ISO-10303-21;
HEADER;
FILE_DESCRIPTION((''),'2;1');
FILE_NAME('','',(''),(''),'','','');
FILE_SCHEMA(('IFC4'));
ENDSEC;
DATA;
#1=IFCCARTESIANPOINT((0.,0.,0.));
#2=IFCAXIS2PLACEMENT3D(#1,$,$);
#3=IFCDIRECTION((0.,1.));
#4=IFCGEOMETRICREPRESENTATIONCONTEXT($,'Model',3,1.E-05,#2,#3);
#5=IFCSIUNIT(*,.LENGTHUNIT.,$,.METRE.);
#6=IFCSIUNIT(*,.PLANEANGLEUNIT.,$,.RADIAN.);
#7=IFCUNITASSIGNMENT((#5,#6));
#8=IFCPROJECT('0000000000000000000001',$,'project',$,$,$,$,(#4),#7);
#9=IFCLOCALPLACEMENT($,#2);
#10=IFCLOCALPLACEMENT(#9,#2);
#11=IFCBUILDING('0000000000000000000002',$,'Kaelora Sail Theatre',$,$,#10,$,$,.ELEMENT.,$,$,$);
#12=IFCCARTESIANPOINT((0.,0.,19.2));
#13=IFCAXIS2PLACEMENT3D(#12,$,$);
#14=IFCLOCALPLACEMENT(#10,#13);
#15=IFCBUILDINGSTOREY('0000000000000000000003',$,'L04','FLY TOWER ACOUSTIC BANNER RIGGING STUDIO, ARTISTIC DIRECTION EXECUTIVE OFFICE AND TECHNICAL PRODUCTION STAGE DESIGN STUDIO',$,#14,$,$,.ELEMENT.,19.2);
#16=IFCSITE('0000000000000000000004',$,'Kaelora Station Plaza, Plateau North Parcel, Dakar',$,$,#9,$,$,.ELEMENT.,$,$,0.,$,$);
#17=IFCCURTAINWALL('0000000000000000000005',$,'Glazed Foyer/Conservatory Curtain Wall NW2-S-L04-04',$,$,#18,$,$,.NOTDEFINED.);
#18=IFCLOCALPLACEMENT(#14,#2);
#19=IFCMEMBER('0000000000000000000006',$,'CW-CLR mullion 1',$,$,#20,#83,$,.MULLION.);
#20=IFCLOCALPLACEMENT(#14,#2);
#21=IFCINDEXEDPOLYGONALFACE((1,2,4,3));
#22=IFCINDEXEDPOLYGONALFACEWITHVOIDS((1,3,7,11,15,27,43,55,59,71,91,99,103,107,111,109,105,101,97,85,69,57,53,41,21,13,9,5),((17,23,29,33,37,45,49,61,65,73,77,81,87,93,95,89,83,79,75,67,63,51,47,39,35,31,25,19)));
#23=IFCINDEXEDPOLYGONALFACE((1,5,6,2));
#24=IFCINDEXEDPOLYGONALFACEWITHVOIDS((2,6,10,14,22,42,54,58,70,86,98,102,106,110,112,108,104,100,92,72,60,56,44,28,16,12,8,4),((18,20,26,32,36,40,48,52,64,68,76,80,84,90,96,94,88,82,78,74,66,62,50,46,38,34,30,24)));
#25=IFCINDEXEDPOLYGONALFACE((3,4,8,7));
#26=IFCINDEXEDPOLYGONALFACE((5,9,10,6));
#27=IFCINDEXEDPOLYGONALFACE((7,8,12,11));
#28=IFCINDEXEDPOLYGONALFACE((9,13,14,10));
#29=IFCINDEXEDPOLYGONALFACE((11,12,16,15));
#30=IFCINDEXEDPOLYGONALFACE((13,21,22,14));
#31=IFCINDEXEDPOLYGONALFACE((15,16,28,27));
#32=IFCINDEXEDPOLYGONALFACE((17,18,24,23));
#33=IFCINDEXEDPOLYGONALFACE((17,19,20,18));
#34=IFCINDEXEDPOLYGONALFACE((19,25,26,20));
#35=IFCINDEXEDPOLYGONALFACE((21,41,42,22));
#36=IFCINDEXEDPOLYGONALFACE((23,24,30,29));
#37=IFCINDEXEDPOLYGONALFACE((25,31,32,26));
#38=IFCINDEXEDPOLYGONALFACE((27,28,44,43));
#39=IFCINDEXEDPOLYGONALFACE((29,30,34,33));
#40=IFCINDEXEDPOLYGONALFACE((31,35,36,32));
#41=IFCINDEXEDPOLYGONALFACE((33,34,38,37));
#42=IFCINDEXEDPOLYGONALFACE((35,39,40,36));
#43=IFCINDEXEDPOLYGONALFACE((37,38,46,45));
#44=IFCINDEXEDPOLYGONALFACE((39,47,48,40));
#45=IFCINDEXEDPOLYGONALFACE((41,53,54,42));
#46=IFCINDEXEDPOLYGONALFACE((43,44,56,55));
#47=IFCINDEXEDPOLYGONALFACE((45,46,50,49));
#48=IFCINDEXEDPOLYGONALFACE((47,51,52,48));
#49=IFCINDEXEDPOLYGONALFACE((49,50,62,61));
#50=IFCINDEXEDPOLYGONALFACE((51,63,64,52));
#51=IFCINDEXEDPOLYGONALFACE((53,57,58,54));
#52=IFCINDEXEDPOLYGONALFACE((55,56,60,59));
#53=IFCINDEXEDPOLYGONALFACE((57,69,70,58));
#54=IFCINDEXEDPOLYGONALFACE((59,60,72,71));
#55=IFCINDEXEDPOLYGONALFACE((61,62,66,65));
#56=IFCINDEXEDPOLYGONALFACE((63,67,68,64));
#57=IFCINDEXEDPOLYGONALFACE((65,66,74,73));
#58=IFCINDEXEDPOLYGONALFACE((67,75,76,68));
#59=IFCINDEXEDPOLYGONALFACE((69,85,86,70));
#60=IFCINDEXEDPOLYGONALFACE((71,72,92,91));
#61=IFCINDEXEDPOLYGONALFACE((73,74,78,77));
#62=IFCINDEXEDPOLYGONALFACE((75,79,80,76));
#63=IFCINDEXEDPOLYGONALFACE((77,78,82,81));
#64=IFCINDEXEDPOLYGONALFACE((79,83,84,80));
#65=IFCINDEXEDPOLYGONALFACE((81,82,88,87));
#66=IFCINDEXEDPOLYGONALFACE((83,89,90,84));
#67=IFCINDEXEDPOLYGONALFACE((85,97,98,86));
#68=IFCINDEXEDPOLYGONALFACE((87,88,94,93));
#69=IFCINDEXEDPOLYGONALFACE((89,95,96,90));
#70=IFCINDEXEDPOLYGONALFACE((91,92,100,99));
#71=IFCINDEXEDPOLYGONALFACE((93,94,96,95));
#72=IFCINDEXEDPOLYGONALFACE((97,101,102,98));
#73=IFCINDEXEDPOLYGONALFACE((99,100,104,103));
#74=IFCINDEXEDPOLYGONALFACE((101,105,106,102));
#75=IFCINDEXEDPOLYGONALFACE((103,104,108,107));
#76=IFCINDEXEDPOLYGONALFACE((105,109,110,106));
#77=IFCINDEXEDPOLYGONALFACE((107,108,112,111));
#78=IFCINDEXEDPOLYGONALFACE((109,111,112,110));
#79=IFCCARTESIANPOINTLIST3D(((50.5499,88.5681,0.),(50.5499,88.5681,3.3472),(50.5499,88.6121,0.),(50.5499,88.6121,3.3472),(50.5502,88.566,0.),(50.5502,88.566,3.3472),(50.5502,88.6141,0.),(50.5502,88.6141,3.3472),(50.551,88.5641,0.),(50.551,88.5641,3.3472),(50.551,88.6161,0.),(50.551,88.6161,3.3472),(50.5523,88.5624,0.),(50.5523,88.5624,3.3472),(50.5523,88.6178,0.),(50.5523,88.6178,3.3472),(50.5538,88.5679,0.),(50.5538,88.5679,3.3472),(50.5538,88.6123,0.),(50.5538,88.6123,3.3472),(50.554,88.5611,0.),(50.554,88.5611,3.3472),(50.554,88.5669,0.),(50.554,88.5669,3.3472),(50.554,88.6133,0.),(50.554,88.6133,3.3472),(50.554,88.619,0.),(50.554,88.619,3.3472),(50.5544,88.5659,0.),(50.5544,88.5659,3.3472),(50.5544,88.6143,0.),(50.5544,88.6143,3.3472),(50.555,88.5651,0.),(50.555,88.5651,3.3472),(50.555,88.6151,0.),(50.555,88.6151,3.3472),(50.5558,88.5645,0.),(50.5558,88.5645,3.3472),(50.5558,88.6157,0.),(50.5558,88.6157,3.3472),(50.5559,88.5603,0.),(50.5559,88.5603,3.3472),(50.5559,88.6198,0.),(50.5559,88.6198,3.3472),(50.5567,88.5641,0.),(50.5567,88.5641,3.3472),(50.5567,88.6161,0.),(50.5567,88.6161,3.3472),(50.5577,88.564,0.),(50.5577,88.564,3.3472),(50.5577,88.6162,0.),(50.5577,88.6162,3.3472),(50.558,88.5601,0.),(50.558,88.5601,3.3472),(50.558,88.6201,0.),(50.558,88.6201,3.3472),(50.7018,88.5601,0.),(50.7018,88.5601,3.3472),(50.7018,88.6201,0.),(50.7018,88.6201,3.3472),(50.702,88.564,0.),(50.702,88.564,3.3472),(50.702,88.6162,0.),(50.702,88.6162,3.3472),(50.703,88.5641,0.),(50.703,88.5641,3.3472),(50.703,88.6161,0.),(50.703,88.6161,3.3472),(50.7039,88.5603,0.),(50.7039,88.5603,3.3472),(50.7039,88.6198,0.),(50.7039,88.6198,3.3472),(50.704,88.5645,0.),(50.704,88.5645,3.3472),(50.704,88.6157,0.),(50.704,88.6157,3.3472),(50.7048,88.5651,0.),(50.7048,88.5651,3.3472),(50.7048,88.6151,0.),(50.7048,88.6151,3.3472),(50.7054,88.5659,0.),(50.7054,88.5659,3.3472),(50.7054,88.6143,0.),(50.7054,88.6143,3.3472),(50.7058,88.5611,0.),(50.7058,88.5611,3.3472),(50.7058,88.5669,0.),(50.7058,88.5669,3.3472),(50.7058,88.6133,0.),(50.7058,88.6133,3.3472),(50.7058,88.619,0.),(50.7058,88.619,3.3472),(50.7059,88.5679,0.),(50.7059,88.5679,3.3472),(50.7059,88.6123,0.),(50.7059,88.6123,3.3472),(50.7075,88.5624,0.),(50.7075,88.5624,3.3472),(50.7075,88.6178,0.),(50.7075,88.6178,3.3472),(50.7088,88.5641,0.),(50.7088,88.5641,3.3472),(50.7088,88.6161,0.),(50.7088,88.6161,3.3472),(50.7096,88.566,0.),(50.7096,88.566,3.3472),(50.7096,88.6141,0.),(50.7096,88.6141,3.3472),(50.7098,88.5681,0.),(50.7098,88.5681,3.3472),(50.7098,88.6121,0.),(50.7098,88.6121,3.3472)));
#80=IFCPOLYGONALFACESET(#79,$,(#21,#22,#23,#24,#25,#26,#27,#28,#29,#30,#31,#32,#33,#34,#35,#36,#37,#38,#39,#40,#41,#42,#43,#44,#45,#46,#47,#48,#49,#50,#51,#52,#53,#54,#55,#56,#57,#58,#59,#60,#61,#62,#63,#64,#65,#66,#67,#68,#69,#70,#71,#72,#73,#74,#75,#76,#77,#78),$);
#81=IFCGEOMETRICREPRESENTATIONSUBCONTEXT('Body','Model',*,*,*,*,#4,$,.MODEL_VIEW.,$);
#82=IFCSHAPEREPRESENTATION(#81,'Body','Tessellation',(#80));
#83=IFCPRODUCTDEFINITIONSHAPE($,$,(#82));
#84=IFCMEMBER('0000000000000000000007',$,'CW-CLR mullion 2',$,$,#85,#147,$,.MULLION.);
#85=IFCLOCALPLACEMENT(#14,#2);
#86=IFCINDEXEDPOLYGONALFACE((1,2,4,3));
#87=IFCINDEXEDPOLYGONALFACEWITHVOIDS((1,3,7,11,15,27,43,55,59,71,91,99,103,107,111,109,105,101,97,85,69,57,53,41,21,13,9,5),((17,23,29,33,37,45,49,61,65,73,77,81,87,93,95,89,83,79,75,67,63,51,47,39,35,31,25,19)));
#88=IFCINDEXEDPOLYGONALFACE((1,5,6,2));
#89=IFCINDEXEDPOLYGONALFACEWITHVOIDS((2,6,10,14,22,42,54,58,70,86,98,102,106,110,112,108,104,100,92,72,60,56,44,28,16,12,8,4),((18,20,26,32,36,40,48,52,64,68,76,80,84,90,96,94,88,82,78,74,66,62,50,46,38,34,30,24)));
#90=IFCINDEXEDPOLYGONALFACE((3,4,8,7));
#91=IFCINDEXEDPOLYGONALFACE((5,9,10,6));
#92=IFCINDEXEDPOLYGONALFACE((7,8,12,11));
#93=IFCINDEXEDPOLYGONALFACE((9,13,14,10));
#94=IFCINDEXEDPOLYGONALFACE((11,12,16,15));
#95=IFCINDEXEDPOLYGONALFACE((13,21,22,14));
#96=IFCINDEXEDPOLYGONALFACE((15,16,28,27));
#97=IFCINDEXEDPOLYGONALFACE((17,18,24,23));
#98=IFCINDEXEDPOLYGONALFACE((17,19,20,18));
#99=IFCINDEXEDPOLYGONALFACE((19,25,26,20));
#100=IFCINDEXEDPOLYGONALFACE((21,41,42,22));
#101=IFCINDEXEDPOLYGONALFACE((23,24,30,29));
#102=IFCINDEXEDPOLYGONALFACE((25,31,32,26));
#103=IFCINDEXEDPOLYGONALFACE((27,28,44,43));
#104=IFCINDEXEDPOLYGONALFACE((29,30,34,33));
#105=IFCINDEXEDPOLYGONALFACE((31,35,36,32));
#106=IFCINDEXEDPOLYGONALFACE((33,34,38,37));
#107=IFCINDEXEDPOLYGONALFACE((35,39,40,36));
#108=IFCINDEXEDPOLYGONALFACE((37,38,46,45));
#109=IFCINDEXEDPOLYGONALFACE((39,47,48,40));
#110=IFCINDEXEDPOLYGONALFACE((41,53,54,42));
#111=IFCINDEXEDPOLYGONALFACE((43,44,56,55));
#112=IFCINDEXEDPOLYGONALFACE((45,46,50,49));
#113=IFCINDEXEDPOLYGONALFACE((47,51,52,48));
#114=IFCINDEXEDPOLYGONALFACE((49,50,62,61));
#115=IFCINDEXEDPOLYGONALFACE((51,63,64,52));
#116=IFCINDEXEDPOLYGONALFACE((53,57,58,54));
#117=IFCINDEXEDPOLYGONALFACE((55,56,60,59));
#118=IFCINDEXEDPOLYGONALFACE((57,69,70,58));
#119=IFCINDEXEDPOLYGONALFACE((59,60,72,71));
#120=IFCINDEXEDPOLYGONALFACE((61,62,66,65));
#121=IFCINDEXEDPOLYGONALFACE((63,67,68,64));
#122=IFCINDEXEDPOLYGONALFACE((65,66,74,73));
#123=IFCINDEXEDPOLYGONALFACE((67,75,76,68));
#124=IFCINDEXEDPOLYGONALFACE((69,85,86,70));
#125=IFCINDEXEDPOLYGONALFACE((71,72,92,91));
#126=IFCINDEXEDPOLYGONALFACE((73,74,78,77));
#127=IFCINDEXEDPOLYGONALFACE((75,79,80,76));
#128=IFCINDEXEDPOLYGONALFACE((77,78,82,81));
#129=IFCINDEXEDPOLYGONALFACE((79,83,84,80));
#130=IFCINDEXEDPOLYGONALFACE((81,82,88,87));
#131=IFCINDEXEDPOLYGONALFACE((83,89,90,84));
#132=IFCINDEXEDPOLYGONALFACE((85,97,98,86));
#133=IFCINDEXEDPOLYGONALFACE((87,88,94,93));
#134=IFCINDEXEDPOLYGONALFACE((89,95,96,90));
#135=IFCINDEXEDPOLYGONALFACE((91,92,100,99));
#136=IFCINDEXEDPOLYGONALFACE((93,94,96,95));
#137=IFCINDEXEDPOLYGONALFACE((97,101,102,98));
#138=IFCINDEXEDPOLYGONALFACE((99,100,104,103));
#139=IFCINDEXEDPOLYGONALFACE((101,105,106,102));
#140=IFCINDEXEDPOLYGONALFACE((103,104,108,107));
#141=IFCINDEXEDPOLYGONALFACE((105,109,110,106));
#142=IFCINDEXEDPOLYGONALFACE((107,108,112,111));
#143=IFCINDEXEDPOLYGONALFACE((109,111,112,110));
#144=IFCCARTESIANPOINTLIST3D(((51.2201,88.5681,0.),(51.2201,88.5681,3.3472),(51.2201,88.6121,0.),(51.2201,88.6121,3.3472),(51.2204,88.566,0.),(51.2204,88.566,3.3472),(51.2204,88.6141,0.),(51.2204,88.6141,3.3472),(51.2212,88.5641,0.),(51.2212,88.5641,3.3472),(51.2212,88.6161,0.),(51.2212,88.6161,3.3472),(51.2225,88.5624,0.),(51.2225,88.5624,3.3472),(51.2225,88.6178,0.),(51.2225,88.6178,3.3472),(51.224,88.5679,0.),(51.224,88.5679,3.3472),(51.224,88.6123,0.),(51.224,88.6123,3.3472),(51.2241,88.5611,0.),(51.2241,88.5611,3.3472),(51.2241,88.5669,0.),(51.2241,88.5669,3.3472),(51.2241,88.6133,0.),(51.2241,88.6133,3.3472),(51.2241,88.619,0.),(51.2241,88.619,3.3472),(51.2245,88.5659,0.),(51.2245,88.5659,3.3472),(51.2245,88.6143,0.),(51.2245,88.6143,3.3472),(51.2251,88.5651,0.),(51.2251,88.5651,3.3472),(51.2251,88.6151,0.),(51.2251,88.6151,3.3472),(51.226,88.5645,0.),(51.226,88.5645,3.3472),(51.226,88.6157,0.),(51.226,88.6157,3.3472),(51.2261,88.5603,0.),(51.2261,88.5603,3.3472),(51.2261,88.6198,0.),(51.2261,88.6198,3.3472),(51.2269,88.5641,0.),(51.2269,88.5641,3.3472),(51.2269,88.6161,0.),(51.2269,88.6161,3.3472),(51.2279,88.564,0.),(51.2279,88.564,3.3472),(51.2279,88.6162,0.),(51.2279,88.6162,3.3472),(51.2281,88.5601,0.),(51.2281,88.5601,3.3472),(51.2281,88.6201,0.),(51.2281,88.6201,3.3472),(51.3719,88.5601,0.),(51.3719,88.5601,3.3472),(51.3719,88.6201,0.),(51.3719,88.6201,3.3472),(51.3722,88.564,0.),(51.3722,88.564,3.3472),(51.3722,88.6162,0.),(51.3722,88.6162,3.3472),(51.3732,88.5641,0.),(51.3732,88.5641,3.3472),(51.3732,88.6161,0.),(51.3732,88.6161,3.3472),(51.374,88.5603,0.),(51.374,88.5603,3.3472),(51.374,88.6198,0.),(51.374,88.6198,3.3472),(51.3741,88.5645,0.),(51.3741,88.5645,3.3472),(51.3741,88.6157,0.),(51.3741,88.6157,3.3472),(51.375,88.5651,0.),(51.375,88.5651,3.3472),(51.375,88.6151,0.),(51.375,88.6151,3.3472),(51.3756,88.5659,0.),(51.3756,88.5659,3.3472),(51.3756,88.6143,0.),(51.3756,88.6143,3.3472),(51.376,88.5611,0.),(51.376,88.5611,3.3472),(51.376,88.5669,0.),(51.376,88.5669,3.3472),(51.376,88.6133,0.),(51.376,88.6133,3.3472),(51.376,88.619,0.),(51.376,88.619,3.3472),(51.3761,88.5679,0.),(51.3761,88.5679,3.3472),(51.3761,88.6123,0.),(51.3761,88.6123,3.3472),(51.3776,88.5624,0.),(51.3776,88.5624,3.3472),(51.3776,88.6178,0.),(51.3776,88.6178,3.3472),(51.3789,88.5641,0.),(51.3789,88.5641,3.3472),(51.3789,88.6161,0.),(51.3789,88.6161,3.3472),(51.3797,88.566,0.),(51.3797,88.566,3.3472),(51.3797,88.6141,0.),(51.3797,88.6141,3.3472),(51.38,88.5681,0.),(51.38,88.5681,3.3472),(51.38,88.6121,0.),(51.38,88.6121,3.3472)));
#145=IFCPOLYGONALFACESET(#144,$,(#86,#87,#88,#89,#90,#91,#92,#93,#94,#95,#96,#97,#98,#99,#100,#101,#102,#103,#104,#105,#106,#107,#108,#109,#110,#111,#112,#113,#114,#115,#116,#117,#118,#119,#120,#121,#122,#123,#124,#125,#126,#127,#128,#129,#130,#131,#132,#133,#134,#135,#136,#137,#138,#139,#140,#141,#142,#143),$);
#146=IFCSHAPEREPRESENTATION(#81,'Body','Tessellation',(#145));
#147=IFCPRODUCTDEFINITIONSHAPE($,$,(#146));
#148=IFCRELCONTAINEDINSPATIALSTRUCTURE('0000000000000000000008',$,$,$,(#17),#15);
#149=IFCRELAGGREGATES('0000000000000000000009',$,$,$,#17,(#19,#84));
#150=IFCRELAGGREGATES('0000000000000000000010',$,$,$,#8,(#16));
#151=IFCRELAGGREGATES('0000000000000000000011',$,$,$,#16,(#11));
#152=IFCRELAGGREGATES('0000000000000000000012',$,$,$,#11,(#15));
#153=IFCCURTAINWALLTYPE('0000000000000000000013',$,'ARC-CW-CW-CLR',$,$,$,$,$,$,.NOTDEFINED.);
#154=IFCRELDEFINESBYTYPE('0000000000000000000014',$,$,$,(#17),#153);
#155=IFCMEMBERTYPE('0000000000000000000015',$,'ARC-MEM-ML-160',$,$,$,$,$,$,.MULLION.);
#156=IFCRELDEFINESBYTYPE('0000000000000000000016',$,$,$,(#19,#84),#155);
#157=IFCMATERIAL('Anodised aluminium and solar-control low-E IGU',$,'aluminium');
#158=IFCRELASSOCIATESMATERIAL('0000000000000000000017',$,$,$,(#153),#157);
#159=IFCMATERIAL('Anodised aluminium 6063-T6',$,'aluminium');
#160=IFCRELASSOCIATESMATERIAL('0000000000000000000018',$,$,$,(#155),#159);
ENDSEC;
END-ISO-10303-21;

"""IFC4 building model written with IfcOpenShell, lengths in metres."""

from ifc_helpers import new_model, si_unit, direction, frame, origin, origin_2d, place, context, subcontext, project, spatial, hollow_rectangle, extrude, material, material_profile, profile_set, type_object, element, aggregate, save


model = new_model("IFC4")

# Units and contexts
model_context = context("Model", 3, precision=1e-05, world=origin(), true_north=direction((0.0, 1.0)))
body_context = subcontext(model_context, "Body", "Model", "MODEL_VIEW")
ifc_project = project(units=[si_unit("LENGTHUNIT", "METRE"), si_unit("PLANEANGLEUNIT", "RADIAN")], contexts=[model_context])

# Site, building, storey
site_placement = place(None, origin())
site = spatial("IfcSite", under=ifc_project, at=site_placement, Name="Kaelora Station Plaza, Plateau North Parcel, Dakar", CompositionType="ELEMENT", RefElevation=0.0)
building_placement = place(site_placement, origin())
building = spatial("IfcBuilding", under=site, at=building_placement, Name="Kaelora Sail Theatre", CompositionType="ELEMENT")
storey_placement = place(building_placement, frame((0.0, 0.0, 19.2)))
storey = spatial("IfcBuildingStorey", under=building, at=storey_placement, Name="L04", Description="FLY TOWER ACOUSTIC BANNER RIGGING STUDIO, ARTISTIC DIRECTION EXECUTIVE OFFICE AND TECHNICAL PRODUCTION STAGE DESIGN STUDIO", CompositionType="ELEMENT", Elevation=19.2)

# Curtain wall, members
ifc_material_1 = material(Name="Anodised aluminium and solar-control low-E IGU", Category="aluminium")
curtain_wall_type = type_object("IfcCurtainWallType", Name="ARC-CW-CW-CLR", PredefinedType="NOTDEFINED", material=ifc_material_1)
curtain_wall_placement = place(storey_placement, origin())
curtain_wall = element("IfcCurtainWall", 1, at=curtain_wall_placement, inside=storey, type_object=curtain_wall_type, Name="Glazed Foyer/Conservatory Curtain Wall NW2-S-L04-04", PredefinedType="NOTDEFINED")
ifc_material_2 = material(Name="Anodised aluminium 6063-T6", Category="aluminium")
ifc_material_profile_1 = material_profile(ifc_material_2, hollow_rectangle(XDim=0.0601, YDim=0.1599, WallThickness=0.0039, InnerFilletRadius=0.0039, OuterFilletRadius=0.0081, at=origin_2d()), Name="ALU-MULL 60x160x4")
ifc_profile_set_1 = profile_set([ifc_material_profile_1], Name="Anodised aluminium 6063-T6")
member_type_1 = type_object("IfcMemberType", Name="ARC-MEM-ML-160", PredefinedType="MULLION", material=ifc_profile_set_1)
member_1_placement = place(storey_placement, frame((50.6299, 88.5901, 0.0), z_axis=(0.0, 0.0, 1.0), x_axis=(0.0, 1.0, 0.0)))
member_1 = element("IfcMember", 2, at=member_1_placement, type_object=member_type_1, Name="CW-CLR mullion 1", PredefinedType="MULLION", context=body_context, shape_type="SweptSolid", body=[
    extrude(hollow_rectangle(XDim=0.0601, YDim=0.1599, WallThickness=0.0039, InnerFilletRadius=0.0039, OuterFilletRadius=0.0081, at=origin_2d()), origin(), (0.0, 0.0, 1.0), 3.3472),
])
member_2_placement = place(storey_placement, frame((51.3, 88.5901, 0.0), z_axis=(0.0, 0.0, 1.0), x_axis=(0.0, 1.0, 0.0)))
member_2 = element("IfcMember", 3, at=member_2_placement, type_object=member_type_1, Name="CW-CLR mullion 2", PredefinedType="MULLION", context=body_context, shape_type="SweptSolid", body=[
    extrude(hollow_rectangle(XDim=0.0601, YDim=0.1599, WallThickness=0.0039, InnerFilletRadius=0.0039, OuterFilletRadius=0.0081, at=origin_2d()), origin(), (0.0, 0.0, 1.0), 3.3472),
])

aggregate(curtain_wall, [member_1, member_2])

save(model, "model.ifc")
